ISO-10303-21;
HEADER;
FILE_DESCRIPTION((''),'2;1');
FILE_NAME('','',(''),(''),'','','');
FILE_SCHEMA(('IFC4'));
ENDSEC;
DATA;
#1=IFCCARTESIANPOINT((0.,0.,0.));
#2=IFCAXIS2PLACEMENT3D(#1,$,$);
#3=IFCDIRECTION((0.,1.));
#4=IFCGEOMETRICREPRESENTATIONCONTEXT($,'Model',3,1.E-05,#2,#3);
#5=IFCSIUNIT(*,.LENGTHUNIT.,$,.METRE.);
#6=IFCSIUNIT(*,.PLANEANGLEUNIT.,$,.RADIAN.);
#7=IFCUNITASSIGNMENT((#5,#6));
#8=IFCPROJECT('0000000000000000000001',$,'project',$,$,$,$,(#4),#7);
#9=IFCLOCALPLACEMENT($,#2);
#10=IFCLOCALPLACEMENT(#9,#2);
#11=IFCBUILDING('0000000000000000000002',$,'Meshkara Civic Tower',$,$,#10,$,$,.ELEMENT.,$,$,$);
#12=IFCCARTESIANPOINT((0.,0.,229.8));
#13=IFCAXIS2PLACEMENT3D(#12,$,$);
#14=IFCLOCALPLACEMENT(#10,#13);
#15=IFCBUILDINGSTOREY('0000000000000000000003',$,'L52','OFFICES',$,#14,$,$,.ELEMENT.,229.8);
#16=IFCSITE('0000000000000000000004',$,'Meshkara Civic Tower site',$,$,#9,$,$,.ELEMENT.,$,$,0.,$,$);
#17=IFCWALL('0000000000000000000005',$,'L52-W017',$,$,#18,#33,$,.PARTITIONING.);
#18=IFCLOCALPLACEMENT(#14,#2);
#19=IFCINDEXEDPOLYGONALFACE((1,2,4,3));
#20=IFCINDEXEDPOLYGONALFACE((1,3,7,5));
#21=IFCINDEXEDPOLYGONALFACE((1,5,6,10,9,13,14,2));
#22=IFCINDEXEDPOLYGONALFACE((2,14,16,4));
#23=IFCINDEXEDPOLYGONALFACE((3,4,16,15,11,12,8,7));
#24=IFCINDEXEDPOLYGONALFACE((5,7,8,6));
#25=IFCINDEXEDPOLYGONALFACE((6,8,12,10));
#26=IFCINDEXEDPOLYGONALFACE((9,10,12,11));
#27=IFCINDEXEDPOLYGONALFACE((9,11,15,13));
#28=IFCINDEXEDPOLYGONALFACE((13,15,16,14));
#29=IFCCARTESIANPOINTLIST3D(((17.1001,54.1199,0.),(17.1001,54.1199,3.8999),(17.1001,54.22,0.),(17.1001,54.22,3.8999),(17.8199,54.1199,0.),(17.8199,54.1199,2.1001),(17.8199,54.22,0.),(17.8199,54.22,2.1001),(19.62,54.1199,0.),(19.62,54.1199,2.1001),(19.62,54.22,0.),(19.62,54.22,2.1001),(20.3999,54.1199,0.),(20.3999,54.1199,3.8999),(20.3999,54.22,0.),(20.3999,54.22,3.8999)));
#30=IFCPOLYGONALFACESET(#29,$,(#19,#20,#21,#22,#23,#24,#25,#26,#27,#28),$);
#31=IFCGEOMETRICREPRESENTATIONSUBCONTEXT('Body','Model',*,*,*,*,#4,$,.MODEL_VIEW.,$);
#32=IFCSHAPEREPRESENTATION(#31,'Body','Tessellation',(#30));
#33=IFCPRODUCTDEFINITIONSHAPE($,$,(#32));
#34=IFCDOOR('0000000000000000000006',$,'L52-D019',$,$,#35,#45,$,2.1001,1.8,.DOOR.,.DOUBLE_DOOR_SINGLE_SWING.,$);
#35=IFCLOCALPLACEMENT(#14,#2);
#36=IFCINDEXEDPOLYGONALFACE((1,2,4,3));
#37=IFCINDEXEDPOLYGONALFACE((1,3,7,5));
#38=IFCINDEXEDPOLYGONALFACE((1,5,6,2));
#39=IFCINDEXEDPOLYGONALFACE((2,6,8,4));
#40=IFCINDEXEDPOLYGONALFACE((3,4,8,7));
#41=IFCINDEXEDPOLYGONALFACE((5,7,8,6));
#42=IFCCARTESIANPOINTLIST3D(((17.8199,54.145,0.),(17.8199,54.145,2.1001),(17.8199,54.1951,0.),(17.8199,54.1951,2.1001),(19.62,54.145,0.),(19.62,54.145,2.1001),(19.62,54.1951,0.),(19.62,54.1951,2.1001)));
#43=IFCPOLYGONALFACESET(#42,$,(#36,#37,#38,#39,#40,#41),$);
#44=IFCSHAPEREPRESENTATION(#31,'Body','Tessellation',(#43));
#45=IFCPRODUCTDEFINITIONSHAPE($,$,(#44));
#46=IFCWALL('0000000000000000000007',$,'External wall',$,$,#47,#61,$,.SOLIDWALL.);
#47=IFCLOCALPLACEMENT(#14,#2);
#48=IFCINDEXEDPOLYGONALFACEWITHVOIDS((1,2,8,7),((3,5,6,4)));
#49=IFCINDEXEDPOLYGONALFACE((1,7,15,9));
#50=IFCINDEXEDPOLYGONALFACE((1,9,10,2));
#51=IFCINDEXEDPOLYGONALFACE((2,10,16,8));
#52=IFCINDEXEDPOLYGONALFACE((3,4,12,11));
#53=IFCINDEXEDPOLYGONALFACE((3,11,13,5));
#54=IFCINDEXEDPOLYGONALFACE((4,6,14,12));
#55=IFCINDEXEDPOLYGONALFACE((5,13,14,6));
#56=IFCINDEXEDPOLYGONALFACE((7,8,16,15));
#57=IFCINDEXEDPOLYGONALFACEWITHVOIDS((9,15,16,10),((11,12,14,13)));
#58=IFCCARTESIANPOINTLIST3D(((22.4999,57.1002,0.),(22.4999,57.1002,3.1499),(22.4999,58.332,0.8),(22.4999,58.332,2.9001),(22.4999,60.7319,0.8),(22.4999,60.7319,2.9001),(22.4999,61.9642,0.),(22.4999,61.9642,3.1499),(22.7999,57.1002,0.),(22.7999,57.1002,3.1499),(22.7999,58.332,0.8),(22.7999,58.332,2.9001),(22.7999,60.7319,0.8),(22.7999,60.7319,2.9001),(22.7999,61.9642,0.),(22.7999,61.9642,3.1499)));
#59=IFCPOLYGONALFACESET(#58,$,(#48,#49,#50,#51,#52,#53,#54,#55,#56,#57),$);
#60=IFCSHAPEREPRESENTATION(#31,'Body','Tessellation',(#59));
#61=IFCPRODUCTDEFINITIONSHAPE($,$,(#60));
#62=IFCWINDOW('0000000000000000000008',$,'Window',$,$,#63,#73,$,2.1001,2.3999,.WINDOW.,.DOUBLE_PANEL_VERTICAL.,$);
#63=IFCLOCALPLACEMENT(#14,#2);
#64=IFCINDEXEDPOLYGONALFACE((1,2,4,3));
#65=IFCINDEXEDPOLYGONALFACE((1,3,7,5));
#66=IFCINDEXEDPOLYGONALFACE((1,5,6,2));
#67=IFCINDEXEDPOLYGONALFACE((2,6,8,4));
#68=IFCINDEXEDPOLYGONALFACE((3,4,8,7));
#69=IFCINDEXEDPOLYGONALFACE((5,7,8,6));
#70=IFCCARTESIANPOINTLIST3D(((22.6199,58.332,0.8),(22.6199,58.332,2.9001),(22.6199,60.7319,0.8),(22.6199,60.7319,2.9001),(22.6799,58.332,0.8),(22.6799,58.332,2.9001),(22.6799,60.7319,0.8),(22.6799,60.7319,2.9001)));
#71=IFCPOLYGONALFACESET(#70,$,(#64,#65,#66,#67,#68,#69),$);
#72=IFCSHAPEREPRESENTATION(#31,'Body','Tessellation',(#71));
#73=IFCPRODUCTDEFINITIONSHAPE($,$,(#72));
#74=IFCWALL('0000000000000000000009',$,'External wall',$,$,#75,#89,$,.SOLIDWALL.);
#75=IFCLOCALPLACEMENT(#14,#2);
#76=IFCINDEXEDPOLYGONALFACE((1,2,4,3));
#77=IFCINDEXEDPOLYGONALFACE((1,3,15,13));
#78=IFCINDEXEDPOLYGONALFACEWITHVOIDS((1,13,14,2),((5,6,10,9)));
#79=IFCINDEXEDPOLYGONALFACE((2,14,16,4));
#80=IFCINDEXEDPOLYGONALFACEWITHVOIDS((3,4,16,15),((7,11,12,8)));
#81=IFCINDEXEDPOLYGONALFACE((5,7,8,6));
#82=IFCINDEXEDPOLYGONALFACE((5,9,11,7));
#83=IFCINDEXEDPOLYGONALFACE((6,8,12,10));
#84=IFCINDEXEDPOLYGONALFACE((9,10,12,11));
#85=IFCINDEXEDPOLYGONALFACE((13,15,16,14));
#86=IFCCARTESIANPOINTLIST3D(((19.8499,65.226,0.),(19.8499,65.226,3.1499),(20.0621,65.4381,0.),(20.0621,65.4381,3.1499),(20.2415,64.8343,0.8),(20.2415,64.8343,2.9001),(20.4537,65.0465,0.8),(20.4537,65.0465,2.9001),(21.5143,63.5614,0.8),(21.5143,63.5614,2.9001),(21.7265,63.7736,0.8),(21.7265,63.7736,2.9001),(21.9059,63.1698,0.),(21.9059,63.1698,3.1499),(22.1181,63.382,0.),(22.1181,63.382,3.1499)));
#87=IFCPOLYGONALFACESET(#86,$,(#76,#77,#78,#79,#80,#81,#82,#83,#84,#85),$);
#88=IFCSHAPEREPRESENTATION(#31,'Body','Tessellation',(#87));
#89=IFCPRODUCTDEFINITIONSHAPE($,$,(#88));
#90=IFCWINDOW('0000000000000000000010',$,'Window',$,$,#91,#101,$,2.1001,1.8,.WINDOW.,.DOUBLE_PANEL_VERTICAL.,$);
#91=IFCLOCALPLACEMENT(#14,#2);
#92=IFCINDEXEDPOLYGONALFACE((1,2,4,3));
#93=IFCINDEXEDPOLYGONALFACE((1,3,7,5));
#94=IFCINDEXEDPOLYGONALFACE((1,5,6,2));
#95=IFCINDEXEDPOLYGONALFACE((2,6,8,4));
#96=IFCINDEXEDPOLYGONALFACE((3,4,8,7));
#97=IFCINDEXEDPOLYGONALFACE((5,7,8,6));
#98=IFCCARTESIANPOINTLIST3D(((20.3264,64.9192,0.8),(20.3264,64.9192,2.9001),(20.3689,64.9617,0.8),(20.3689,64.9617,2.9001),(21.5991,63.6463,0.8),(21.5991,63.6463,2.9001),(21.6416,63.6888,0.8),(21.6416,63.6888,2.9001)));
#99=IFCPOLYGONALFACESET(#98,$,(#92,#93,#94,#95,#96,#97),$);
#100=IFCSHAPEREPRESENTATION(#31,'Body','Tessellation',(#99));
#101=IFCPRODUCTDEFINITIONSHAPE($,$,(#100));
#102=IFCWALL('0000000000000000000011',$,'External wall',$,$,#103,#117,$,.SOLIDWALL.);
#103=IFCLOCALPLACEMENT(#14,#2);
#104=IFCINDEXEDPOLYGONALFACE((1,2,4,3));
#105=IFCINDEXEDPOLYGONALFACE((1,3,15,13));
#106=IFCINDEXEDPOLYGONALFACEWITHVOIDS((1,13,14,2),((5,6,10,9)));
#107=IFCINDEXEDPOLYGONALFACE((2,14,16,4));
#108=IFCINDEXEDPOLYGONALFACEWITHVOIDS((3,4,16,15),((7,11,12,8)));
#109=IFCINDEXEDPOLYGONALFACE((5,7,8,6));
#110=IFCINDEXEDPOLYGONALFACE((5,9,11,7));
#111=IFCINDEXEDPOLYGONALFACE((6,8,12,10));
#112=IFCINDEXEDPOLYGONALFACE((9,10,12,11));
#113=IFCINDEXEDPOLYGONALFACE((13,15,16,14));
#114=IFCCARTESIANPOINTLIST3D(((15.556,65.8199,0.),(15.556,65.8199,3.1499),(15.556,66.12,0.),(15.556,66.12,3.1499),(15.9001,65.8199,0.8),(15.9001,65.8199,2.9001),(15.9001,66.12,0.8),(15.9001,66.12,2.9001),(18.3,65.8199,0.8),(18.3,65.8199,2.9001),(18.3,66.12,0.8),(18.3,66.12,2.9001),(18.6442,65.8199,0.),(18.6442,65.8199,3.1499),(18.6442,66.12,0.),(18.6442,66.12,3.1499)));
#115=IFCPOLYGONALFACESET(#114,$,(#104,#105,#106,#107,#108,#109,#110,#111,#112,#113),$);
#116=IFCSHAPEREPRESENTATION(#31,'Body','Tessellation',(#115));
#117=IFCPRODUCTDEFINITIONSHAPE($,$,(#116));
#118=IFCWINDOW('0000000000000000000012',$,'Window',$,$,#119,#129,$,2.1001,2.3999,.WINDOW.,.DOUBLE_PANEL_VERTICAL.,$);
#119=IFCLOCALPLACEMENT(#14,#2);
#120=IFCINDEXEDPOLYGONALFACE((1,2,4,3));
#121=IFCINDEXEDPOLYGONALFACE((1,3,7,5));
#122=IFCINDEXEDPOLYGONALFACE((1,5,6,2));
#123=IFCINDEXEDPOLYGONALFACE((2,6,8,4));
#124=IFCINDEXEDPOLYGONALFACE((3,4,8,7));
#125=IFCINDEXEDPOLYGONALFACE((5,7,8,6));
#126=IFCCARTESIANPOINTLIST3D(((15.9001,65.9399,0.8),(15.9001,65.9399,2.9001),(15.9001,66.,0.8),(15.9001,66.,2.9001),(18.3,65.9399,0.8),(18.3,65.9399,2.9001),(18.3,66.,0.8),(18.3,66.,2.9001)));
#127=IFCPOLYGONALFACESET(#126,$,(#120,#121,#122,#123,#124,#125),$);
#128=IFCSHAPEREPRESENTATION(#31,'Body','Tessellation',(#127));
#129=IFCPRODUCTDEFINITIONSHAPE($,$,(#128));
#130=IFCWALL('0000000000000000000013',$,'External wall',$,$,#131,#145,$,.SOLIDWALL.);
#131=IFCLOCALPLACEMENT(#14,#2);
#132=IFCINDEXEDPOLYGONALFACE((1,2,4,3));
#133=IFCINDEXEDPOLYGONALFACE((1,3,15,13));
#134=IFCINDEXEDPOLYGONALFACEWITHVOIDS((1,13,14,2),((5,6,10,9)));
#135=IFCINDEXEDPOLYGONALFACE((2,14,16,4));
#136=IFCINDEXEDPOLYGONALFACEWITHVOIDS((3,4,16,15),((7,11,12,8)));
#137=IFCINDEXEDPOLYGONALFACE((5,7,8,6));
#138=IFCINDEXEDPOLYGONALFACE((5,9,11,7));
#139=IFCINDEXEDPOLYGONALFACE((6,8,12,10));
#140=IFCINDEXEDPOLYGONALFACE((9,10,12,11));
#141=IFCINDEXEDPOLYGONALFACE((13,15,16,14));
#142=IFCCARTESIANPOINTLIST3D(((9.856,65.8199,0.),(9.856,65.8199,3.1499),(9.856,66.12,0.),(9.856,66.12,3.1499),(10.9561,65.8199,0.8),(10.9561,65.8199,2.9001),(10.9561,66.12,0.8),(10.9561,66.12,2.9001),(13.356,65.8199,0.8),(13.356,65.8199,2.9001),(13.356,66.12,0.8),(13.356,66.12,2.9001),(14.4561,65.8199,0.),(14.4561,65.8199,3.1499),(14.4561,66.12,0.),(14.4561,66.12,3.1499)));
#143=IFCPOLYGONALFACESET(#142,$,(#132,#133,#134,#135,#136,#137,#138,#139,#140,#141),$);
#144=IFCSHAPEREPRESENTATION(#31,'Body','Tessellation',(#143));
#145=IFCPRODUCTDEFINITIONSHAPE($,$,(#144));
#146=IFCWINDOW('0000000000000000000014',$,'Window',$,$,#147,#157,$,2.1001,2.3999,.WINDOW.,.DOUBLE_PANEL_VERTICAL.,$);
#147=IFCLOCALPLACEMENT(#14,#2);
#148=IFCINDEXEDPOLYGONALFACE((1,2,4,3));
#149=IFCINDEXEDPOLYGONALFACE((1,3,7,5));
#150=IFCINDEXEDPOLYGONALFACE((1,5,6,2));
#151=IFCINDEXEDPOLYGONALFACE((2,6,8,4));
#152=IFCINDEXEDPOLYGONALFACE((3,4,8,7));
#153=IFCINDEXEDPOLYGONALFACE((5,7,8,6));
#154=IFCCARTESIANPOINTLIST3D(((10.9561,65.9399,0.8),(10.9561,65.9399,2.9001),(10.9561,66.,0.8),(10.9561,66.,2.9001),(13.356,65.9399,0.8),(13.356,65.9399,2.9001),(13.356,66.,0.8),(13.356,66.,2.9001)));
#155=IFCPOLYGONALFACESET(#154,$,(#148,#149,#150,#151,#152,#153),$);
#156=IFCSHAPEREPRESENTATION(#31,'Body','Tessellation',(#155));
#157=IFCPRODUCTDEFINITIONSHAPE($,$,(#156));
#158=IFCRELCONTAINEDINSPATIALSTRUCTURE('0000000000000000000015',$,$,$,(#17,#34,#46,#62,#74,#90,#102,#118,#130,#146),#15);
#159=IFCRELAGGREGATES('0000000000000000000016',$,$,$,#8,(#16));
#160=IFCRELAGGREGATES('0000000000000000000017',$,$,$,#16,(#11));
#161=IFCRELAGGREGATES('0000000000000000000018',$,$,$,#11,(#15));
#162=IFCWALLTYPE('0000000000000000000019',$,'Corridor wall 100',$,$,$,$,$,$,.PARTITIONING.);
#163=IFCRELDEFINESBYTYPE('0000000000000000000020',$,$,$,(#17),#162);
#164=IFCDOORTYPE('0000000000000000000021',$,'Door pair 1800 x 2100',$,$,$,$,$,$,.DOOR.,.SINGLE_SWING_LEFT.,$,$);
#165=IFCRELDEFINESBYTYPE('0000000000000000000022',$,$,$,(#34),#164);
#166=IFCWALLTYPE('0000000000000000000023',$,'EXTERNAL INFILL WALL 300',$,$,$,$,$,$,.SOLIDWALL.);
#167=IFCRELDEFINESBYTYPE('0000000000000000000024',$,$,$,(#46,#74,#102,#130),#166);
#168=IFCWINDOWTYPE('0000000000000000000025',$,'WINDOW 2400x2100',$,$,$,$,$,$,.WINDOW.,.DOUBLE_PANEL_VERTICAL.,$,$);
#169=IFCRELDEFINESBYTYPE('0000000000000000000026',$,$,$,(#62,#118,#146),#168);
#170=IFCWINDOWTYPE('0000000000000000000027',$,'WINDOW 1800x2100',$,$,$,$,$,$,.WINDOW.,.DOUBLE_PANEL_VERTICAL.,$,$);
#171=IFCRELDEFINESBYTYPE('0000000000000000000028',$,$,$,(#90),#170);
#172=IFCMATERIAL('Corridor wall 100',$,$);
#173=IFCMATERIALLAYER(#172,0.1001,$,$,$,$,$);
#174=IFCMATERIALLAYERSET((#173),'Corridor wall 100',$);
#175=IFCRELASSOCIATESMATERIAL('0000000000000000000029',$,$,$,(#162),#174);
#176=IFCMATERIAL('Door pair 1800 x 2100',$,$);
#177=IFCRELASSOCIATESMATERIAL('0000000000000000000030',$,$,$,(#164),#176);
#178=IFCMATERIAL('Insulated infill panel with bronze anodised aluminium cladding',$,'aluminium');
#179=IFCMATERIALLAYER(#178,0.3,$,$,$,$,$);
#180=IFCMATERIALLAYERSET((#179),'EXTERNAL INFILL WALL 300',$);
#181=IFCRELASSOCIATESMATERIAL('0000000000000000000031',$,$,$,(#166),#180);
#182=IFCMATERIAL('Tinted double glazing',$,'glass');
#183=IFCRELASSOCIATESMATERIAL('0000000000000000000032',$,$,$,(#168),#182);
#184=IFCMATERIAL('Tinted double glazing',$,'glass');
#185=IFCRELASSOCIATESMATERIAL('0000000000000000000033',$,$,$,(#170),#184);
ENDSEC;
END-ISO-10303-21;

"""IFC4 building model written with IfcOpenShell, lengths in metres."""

from ifc_helpers import new_model, si_unit, direction, frame, frame_2d, origin, place, context, subcontext, project, spatial, rectangle, extrude, material, layer, layer_set, type_object, element, fill, save


model = new_model("IFC4")

# Units and contexts
model_context = context("Model", 3, precision=1e-05, world=origin(), true_north=direction((0.0, 1.0)))
body_context = subcontext(model_context, "Body", "Model", "MODEL_VIEW")
ifc_project = project(units=[si_unit("LENGTHUNIT", "METRE"), si_unit("PLANEANGLEUNIT", "RADIAN")], contexts=[model_context])

# Site, building, storey
site_placement = place(None, origin())
site = spatial("IfcSite", under=ifc_project, at=site_placement, Name="Meshkara Civic Tower site", CompositionType="ELEMENT", RefElevation=0.0)
building_placement = place(site_placement, origin())
building = spatial("IfcBuilding", under=site, at=building_placement, Name="Meshkara Civic Tower", CompositionType="ELEMENT")
storey_placement = place(building_placement, frame((0.0, 0.0, 229.8)))
storey = spatial("IfcBuildingStorey", under=building, at=storey_placement, Name="L52", Description="OFFICES", CompositionType="ELEMENT", Elevation=229.8)

# Shared definitions
ifc_material_1 = material(Name="Corridor wall 100")
ifc_layer_1 = layer(ifc_material_1, 0.1001)
ifc_layer_set_1 = layer_set([ifc_layer_1], Name="Corridor wall 100")
wall_type_1 = type_object("IfcWallType", Name="Corridor wall 100", PredefinedType="PARTITIONING", material=ifc_layer_set_1)
ifc_material_2 = material(Name="Door pair 1800 x 2100")
door_type_1 = type_object("IfcDoorType", Name="Door pair 1800 x 2100", OperationType="SINGLE_SWING_LEFT", PredefinedType="DOOR", material=ifc_material_2)

# Wall, opening, door
wall_1_placement = place(storey_placement, frame((20.3999, 54.1699, 0.0), z_axis=(0.0, 0.0, 1.0), x_axis=(-1.0, 0.0, 0.0)))
wall_1 = element("IfcWall", 1, at=wall_1_placement, inside=storey, type_object=wall_type_1, Name="L52-W017", PredefinedType="PARTITIONING", context=body_context, shape_type="SweptSolid", body=[
    extrude(rectangle(XDim=3.2998, YDim=0.1001, at=frame_2d((1.6499, 0.0))), origin(), (0.0, 0.0, 1.0), 3.8999),
])
opening_1_placement = place(wall_1_placement, frame((0.78, 0.0, 0.0)))
opening_1 = element("IfcOpeningElement", 2, at=opening_1_placement, cuts=wall_1, PredefinedType="OPENING", context=body_context, shape_type="SweptSolid", body=[
    extrude(rectangle(XDim=1.8, YDim=2.1001, at=frame_2d((0.8999, 1.05))), frame((0.0, 0.0601, 0.0), z_axis=(0.0, -1.0, 0.0), x_axis=(1.0, 0.0, 0.0)), (0.0, 0.0, 1.0), 0.1201),
])
door_1_placement = place(opening_1_placement, origin())
door_1 = element("IfcDoor", 3, at=door_1_placement, inside=storey, type_object=door_type_1, Name="L52-D019", OperationType="DOUBLE_DOOR_SINGLE_SWING", OverallHeight=2.1001, OverallWidth=1.8, PredefinedType="DOOR", context=body_context, shape_type="SweptSolid", body=[
    extrude(rectangle(XDim=1.8, YDim=2.1001, at=frame_2d((0.8999, 1.05))), frame((0.0, 0.0249, 0.0), z_axis=(0.0, -1.0, 0.0), x_axis=(1.0, 0.0, 0.0)), (0.0, 0.0, 1.0), 0.05),
])
fill(opening_1, door_1)

# Walls, openings, windows
ifc_material_3 = material(Name="Insulated infill panel with bronze anodised aluminium cladding", Category="aluminium")
ifc_layer_2 = layer(ifc_material_3, 0.3)
ifc_layer_set_2 = layer_set([ifc_layer_2], Name="EXTERNAL INFILL WALL 300")
wall_type_2 = type_object("IfcWallType", Name="EXTERNAL INFILL WALL 300", PredefinedType="SOLIDWALL", material=ifc_layer_set_2)
wall_2_placement = place(storey_placement, frame((22.6499, 57.1001, 0.0), z_axis=(0.0, 0.0, 1.0), x_axis=(0.0, 1.0, 0.0)))
wall_2 = element("IfcWall", 4, at=wall_2_placement, inside=storey, type_object=wall_type_2, Name="External wall", PredefinedType="SOLIDWALL", context=body_context, shape_type="SweptSolid", body=[
    extrude(rectangle(XDim=4.864, YDim=0.3, at=frame_2d((2.4321, 0.0))), origin(), (0.0, 0.0, 1.0), 3.1499),
])
opening_2_placement = place(wall_2_placement, frame((1.2319, 0.0, 0.8)))
opening_2 = element("IfcOpeningElement", 5, at=opening_2_placement, cuts=wall_2, PredefinedType="OPENING", context=body_context, shape_type="SweptSolid", body=[
    extrude(rectangle(XDim=2.3999, YDim=2.1001, at=frame_2d((1.2, 1.05))), frame((0.0, 0.1599, 0.0), z_axis=(0.0, -1.0, 0.0), x_axis=(1.0, 0.0, 0.0)), (0.0, 0.0, 1.0), 0.3201),
])
ifc_material_4 = material(Name="Tinted double glazing", Category="glass")
window_type_1 = type_object("IfcWindowType", Name="WINDOW 2400x2100", PartitioningType="DOUBLE_PANEL_VERTICAL", PredefinedType="WINDOW", material=ifc_material_4)
window_1_placement = place(opening_2_placement, origin())
window_1 = element("IfcWindow", 6, at=window_1_placement, inside=storey, type_object=window_type_1, Name="Window", OverallHeight=2.1001, OverallWidth=2.3999, PartitioningType="DOUBLE_PANEL_VERTICAL", PredefinedType="WINDOW", context=body_context, shape_type="SweptSolid", body=[
    extrude(rectangle(XDim=2.3999, YDim=2.1001, at=frame_2d((1.2, 1.05))), frame((0.0, 0.03, 0.0), z_axis=(0.0, -1.0, 0.0), x_axis=(1.0, 0.0, 0.0)), (0.0, 0.0, 1.0), 0.0601),
])
fill(opening_2, window_1)
wall_3_placement = place(storey_placement, frame((22.012, 63.2759, 0.0), z_axis=(0.0, 0.0, 1.0), x_axis=(-0.707065, 0.707149, 0.0)))
wall_3 = element("IfcWall", 7, at=wall_3_placement, inside=storey, type_object=wall_type_2, Name="External wall", PredefinedType="SOLIDWALL", context=body_context, shape_type="SweptSolid", body=[
    extrude(rectangle(XDim=2.9077, YDim=0.3, at=frame_2d((1.4539, 0.0))), origin(), (0.0, 0.0, 1.0), 3.1499),
])
opening_3_placement = place(wall_3_placement, frame((0.554, 0.0, 0.8)))
opening_3 = element("IfcOpeningElement", 8, at=opening_3_placement, cuts=wall_3, PredefinedType="OPENING", context=body_context, shape_type="SweptSolid", body=[
    extrude(rectangle(XDim=1.8, YDim=2.1001, at=frame_2d((0.8999, 1.05))), frame((0.0, 0.1599, 0.0), z_axis=(0.0, -1.0, 0.0), x_axis=(1.0, 0.0, 0.0)), (0.0, 0.0, 1.0), 0.3201),
])
ifc_material_5 = material(Name="Tinted double glazing", Category="glass")
window_type_2 = type_object("IfcWindowType", Name="WINDOW 1800x2100", PartitioningType="DOUBLE_PANEL_VERTICAL", PredefinedType="WINDOW", material=ifc_material_5)
window_2_placement = place(opening_3_placement, origin())
window_2 = element("IfcWindow", 9, at=window_2_placement, inside=storey, type_object=window_type_2, Name="Window", OverallHeight=2.1001, OverallWidth=1.8, PartitioningType="DOUBLE_PANEL_VERTICAL", PredefinedType="WINDOW", context=body_context, shape_type="SweptSolid", body=[
    extrude(rectangle(XDim=1.8, YDim=2.1001, at=frame_2d((0.8999, 1.05))), frame((0.0, 0.03, 0.0), z_axis=(0.0, -1.0, 0.0), x_axis=(1.0, 0.0, 0.0)), (0.0, 0.0, 1.0), 0.0601),
])
fill(opening_3, window_2)
wall_4_placement = place(storey_placement, frame((18.644, 65.97, 0.0), z_axis=(0.0, 0.0, 1.0), x_axis=(-1.0, 0.0, 0.0)))
wall_4 = element("IfcWall", 10, at=wall_4_placement, inside=storey, type_object=wall_type_2, Name="External wall", PredefinedType="SOLIDWALL", context=body_context, shape_type="SweptSolid", body=[
    extrude(rectangle(XDim=3.0881, YDim=0.3, at=frame_2d((1.5439, 0.0))), origin(), (0.0, 0.0, 1.0), 3.1499),
])
opening_4_placement = place(wall_4_placement, frame((0.344, 0.0, 0.8)))
opening_4 = element("IfcOpeningElement", 11, at=opening_4_placement, cuts=wall_4, PredefinedType="OPENING", context=body_context, shape_type="SweptSolid", body=[
    extrude(rectangle(XDim=2.3999, YDim=2.1001, at=frame_2d((1.2, 1.05))), frame((0.0, 0.1599, 0.0), z_axis=(0.0, -1.0, 0.0), x_axis=(1.0, 0.0, 0.0)), (0.0, 0.0, 1.0), 0.3201),
])
window_3_placement = place(opening_4_placement, origin())
window_3 = element("IfcWindow", 12, at=window_3_placement, inside=storey, type_object=window_type_1, Name="Window", OverallHeight=2.1001, OverallWidth=2.3999, PartitioningType="DOUBLE_PANEL_VERTICAL", PredefinedType="WINDOW", context=body_context, shape_type="SweptSolid", body=[
    extrude(rectangle(XDim=2.3999, YDim=2.1001, at=frame_2d((1.2, 1.05))), frame((0.0, 0.03, 0.0), z_axis=(0.0, -1.0, 0.0), x_axis=(1.0, 0.0, 0.0)), (0.0, 0.0, 1.0), 0.0601),
])
fill(opening_4, window_3)
wall_5_placement = place(storey_placement, frame((14.4561, 65.97, 0.0), z_axis=(0.0, 0.0, 1.0), x_axis=(-1.0, 0.0, 0.0)))
wall_5 = element("IfcWall", 13, at=wall_5_placement, inside=storey, type_object=wall_type_2, Name="External wall", PredefinedType="SOLIDWALL", context=body_context, shape_type="SweptSolid", body=[
    extrude(rectangle(XDim=4.6001, YDim=0.3, at=frame_2d((2.3, 0.0))), origin(), (0.0, 0.0, 1.0), 3.1499),
])
opening_5_placement = place(wall_5_placement, frame((1.1001, 0.0, 0.8)))
opening_5 = element("IfcOpeningElement", 14, at=opening_5_placement, cuts=wall_5, PredefinedType="OPENING", context=body_context, shape_type="SweptSolid", body=[
    extrude(rectangle(XDim=2.3999, YDim=2.1001, at=frame_2d((1.2, 1.05))), frame((0.0, 0.1599, 0.0), z_axis=(0.0, -1.0, 0.0), x_axis=(1.0, 0.0, 0.0)), (0.0, 0.0, 1.0), 0.3201),
])
window_4_placement = place(opening_5_placement, origin())
window_4 = element("IfcWindow", 15, at=window_4_placement, inside=storey, type_object=window_type_1, Name="Window", OverallHeight=2.1001, OverallWidth=2.3999, PartitioningType="DOUBLE_PANEL_VERTICAL", PredefinedType="WINDOW", context=body_context, shape_type="SweptSolid", body=[
    extrude(rectangle(XDim=2.3999, YDim=2.1001, at=frame_2d((1.2, 1.05))), frame((0.0, 0.03, 0.0), z_axis=(0.0, -1.0, 0.0), x_axis=(1.0, 0.0, 0.0)), (0.0, 0.0, 1.0), 0.0601),
])
fill(opening_5, window_4)

save(model, "model.ifc")
